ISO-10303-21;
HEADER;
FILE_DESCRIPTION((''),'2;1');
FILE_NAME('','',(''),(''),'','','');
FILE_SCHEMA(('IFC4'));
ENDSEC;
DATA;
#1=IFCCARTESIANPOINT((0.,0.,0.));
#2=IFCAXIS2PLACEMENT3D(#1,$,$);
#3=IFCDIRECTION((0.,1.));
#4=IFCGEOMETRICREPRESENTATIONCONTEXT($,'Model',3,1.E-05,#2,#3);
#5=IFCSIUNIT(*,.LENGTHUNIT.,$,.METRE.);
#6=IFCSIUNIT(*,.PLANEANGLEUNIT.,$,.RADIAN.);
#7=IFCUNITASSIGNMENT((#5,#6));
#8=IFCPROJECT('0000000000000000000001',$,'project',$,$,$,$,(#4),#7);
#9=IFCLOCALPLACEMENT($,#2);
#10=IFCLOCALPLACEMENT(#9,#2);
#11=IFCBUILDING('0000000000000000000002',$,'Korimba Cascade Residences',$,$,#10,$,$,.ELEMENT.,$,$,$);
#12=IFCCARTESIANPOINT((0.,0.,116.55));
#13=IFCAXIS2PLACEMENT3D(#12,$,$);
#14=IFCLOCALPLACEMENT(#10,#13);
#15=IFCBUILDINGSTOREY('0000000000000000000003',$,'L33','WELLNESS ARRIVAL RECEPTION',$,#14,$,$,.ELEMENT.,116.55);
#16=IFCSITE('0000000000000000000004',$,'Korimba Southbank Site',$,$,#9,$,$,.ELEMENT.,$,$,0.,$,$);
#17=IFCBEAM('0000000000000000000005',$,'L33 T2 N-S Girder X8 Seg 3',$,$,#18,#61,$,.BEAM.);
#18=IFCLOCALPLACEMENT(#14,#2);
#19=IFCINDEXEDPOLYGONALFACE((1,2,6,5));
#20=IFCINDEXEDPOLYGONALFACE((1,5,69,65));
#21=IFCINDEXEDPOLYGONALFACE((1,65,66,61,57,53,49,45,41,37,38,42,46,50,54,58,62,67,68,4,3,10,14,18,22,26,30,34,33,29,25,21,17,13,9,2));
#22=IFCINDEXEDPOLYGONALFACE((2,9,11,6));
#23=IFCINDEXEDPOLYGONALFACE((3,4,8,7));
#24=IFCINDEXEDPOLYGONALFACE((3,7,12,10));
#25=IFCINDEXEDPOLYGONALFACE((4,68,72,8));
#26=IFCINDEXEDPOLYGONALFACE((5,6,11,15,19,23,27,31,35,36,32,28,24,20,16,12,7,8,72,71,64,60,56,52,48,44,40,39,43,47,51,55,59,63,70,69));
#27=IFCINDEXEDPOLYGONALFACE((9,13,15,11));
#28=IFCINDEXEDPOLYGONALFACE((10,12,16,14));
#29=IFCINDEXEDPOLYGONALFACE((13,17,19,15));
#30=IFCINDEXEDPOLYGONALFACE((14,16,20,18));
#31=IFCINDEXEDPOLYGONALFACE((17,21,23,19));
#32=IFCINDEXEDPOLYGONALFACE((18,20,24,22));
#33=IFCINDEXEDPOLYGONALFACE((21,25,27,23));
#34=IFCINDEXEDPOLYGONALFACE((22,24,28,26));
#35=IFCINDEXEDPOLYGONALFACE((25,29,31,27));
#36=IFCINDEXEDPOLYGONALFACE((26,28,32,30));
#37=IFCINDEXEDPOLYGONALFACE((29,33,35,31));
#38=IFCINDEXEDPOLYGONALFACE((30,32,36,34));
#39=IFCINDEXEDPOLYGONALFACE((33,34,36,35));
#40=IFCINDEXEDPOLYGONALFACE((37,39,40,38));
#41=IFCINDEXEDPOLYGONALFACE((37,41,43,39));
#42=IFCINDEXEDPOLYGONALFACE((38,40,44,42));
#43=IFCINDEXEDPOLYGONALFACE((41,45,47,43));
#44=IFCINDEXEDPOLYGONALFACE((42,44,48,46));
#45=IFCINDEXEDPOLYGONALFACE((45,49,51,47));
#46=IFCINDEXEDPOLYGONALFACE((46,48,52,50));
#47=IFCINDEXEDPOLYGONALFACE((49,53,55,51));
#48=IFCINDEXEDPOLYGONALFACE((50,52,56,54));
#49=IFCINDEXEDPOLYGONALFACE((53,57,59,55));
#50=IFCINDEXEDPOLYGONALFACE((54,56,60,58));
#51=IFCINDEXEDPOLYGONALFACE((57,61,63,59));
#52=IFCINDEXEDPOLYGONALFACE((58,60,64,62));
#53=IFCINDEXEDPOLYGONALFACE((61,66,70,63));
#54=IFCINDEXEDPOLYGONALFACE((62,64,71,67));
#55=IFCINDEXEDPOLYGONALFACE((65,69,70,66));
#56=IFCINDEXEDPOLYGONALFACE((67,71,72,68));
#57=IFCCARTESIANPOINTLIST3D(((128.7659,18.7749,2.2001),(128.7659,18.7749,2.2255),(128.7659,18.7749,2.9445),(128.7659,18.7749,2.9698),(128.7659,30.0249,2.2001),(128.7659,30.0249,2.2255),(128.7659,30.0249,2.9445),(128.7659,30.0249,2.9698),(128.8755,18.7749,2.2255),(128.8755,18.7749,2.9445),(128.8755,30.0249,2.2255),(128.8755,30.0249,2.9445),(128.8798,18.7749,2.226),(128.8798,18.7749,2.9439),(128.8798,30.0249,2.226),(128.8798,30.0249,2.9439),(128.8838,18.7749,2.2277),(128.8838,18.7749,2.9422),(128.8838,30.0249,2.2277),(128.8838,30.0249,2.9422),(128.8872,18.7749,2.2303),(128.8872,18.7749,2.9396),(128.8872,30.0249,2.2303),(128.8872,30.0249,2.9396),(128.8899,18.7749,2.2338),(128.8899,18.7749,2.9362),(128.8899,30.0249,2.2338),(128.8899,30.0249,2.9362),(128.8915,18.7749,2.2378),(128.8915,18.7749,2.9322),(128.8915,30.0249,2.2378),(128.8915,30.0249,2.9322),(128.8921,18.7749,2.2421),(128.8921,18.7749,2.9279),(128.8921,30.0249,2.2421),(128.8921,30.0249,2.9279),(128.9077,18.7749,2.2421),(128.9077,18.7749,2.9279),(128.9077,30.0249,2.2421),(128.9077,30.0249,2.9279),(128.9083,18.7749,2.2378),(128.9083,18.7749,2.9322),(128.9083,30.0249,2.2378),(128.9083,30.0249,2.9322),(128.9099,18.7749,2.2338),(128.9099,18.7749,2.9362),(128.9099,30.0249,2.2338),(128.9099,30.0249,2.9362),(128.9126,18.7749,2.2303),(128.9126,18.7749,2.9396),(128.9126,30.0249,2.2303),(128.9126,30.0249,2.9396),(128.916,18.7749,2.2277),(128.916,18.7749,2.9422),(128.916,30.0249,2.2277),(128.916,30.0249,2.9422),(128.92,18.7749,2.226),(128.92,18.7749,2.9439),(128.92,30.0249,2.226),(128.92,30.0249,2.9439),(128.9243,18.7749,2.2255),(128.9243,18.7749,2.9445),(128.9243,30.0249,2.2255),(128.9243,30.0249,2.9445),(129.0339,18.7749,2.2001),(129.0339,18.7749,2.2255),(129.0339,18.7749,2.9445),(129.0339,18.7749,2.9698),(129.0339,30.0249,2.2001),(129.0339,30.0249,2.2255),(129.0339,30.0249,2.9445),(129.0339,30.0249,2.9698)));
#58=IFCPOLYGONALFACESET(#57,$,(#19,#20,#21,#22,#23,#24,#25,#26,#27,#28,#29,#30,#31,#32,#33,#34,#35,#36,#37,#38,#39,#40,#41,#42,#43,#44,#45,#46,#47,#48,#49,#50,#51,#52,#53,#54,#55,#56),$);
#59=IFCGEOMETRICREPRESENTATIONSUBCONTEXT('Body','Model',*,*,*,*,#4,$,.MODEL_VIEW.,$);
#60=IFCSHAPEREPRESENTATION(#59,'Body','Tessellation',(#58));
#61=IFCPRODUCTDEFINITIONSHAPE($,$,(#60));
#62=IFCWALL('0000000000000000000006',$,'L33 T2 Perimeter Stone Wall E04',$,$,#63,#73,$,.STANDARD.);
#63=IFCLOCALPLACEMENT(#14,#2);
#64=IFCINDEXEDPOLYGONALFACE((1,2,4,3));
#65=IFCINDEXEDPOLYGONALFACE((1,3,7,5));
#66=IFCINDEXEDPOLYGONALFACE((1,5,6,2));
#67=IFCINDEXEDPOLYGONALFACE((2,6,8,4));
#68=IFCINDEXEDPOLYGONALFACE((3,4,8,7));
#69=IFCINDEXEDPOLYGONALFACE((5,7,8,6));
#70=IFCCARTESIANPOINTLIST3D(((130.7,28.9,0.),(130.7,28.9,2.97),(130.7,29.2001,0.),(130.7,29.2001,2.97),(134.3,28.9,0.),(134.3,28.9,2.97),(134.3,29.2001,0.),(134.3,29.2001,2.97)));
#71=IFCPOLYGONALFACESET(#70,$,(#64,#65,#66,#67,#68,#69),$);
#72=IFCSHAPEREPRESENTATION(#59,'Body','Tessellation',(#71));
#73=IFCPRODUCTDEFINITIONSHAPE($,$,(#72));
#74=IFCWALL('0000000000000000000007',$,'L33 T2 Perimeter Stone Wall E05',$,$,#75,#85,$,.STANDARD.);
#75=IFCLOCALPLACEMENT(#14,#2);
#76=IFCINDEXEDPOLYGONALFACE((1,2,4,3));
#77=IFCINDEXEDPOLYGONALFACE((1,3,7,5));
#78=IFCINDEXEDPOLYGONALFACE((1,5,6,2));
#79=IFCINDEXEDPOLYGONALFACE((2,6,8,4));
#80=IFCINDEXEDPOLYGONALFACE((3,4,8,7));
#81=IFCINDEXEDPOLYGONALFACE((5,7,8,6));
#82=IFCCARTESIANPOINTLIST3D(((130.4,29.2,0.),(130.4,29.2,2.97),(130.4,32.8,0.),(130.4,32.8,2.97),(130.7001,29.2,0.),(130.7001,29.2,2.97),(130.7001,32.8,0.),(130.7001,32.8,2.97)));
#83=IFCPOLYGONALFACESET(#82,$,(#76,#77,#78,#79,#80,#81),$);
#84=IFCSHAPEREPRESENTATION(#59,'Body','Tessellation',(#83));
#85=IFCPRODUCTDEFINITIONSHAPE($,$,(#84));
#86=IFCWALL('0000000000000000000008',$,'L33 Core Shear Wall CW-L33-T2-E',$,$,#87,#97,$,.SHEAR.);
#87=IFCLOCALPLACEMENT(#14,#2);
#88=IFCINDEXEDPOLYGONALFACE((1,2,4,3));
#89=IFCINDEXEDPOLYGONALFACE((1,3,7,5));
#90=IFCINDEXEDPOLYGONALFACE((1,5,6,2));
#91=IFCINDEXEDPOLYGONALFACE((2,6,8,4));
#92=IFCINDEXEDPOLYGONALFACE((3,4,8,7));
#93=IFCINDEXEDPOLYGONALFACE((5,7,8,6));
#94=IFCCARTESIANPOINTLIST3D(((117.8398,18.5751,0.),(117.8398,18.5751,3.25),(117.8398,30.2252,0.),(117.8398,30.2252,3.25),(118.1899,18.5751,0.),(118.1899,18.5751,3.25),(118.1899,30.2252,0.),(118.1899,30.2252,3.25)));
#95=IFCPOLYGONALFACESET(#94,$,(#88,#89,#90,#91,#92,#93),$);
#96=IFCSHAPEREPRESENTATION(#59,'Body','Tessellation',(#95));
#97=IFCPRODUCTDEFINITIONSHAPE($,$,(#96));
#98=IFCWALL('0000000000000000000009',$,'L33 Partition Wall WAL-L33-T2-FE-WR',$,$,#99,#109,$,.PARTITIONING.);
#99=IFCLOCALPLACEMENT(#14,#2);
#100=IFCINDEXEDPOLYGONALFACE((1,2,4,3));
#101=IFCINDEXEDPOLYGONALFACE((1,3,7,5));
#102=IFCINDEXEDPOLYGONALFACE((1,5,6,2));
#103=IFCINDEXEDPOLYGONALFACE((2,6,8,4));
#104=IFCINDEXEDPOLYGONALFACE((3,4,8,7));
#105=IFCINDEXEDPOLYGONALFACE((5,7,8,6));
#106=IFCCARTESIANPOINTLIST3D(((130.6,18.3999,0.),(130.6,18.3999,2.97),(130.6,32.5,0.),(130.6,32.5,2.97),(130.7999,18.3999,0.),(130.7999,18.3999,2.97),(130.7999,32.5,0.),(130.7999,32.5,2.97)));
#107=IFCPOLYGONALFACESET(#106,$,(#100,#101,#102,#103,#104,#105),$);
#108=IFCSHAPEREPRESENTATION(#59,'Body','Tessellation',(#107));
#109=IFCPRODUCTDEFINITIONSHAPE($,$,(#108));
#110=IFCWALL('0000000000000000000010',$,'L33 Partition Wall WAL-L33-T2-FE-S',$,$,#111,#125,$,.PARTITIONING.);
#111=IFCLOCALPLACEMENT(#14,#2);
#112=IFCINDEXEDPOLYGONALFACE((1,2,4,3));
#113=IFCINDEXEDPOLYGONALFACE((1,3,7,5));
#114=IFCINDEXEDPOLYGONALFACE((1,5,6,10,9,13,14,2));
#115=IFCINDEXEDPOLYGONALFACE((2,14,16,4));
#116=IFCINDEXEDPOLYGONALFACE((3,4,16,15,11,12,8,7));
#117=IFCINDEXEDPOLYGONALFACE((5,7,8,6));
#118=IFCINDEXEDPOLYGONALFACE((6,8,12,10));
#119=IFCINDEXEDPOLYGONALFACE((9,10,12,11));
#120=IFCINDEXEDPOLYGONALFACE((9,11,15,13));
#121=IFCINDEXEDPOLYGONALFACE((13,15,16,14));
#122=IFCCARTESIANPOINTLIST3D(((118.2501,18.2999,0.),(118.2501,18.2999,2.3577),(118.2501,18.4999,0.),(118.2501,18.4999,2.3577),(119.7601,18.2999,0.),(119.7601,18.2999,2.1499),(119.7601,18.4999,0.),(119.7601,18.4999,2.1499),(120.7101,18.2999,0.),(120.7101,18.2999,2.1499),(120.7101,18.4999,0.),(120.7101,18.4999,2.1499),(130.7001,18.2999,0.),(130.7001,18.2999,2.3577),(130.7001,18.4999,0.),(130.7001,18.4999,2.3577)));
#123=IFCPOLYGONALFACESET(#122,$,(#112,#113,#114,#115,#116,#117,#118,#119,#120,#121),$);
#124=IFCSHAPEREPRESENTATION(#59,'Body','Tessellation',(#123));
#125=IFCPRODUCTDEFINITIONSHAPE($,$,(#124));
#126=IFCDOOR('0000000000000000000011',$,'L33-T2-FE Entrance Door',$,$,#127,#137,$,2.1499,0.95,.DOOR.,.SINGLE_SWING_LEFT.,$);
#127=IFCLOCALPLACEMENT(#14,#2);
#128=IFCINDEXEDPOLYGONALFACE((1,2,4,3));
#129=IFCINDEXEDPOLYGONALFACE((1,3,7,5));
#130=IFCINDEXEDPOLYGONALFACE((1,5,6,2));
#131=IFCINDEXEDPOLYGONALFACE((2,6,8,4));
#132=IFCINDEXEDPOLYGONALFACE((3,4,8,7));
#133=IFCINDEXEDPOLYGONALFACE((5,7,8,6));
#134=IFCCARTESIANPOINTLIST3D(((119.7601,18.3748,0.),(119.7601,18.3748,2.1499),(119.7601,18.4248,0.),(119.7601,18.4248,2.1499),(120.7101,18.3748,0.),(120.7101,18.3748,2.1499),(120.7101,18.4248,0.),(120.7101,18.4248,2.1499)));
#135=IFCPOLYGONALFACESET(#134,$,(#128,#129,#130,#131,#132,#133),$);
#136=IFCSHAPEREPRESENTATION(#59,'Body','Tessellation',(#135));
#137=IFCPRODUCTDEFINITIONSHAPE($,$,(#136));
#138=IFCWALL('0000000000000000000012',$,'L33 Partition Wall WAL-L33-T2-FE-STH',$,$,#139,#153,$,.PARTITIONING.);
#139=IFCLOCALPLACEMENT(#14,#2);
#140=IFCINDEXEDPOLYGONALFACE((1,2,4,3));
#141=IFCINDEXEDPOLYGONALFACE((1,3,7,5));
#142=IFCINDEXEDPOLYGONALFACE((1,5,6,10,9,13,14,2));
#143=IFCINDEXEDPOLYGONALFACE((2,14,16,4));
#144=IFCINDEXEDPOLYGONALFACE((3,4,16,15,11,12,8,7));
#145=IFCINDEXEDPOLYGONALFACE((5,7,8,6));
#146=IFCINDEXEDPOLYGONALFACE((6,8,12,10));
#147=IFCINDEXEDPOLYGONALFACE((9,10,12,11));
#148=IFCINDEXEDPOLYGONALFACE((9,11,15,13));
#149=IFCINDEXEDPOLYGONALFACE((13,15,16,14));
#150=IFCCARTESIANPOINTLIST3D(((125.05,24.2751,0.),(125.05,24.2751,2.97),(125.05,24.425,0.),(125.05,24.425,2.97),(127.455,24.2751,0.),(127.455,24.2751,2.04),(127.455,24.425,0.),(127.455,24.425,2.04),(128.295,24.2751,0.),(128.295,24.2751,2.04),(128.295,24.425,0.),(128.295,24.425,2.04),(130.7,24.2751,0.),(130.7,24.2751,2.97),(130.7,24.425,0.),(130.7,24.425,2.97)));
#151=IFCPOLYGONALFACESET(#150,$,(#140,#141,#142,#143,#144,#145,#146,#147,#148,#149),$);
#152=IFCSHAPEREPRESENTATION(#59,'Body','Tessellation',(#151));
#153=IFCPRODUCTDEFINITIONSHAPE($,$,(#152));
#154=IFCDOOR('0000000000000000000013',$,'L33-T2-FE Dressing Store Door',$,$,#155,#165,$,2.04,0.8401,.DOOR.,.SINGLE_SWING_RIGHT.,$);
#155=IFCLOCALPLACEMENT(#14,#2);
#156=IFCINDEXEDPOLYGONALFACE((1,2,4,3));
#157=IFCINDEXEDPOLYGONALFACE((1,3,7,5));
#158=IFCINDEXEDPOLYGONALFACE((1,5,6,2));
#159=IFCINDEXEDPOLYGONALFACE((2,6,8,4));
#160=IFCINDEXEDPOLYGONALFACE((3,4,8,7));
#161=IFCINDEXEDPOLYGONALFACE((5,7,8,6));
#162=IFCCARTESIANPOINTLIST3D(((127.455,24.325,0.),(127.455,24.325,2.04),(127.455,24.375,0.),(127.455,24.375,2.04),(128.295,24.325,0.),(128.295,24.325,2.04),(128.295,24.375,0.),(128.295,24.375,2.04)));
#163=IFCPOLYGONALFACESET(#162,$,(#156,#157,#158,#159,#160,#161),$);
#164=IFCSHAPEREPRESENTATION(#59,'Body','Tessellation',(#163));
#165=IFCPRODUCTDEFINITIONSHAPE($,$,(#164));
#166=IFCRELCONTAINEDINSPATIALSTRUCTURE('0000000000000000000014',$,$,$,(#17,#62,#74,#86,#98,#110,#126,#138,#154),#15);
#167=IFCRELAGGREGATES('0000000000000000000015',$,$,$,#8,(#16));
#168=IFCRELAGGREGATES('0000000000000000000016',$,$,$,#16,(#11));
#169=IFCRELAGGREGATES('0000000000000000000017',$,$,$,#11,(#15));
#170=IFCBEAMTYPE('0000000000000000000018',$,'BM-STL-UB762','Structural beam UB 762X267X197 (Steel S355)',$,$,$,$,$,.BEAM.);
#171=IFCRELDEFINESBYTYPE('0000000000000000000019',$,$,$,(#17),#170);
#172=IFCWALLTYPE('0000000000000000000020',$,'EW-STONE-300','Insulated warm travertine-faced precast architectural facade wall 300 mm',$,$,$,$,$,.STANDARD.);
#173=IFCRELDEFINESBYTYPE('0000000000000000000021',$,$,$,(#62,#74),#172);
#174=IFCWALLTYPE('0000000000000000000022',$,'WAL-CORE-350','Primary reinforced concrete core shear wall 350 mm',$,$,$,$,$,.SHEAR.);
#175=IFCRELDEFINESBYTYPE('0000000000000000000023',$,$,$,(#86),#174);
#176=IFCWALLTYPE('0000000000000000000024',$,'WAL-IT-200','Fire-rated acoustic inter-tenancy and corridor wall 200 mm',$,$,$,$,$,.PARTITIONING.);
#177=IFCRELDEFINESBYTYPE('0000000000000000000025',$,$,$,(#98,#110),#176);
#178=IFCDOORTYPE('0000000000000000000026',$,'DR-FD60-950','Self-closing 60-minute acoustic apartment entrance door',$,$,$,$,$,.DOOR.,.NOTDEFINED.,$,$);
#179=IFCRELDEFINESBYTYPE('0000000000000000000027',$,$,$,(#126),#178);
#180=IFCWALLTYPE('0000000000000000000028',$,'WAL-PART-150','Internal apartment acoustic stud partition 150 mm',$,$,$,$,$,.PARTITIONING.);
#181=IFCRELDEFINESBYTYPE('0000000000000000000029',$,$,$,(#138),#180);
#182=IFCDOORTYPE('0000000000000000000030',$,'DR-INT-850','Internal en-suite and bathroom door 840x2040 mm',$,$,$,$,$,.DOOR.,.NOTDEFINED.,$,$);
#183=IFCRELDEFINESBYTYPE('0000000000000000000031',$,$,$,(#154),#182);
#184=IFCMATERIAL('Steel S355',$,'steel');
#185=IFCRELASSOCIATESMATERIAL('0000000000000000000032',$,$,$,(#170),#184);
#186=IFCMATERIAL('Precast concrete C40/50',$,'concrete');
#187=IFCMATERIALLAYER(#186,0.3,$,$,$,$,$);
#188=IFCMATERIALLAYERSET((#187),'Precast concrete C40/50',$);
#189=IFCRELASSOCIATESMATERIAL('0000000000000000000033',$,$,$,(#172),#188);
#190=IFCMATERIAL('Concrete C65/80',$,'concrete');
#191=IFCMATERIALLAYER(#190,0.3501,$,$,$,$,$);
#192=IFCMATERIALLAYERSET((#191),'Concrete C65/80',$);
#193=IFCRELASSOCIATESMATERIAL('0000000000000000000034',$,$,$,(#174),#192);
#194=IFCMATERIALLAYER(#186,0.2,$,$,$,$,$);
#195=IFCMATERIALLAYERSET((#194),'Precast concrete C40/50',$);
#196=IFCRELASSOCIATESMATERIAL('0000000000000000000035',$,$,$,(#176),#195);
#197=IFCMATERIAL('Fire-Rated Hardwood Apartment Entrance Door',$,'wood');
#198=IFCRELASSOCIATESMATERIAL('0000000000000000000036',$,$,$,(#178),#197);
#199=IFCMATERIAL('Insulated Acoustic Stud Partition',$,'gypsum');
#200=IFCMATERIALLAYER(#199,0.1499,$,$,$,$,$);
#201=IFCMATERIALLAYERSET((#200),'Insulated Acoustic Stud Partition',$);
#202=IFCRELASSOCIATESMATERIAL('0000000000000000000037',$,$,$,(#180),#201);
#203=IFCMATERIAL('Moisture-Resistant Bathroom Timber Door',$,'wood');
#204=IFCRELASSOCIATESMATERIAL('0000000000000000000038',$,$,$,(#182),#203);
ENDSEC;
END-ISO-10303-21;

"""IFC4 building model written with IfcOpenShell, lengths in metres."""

from ifc_helpers import new_model, si_unit, direction, frame, frame_2d, origin, origin_2d, place, context, subcontext, project, spatial, rectangle, i_section, extrude, material, layer, layer_set, material_profile, profile_set, type_object, element, fill, save


model = new_model("IFC4")

# Units and contexts
model_context = context("Model", 3, precision=1e-05, world=origin(), true_north=direction((0.0, 1.0)))
body_context = subcontext(model_context, "Body", "Model", "MODEL_VIEW")
ifc_project = project(units=[si_unit("LENGTHUNIT", "METRE"), si_unit("PLANEANGLEUNIT", "RADIAN")], contexts=[model_context])

# Site, building, storey
site_placement = place(None, origin())
site = spatial("IfcSite", under=ifc_project, at=site_placement, Name="Korimba Southbank Site", CompositionType="ELEMENT", RefElevation=0.0)
building_placement = place(site_placement, origin())
building = spatial("IfcBuilding", under=site, at=building_placement, Name="Korimba Cascade Residences", CompositionType="ELEMENT")
storey_placement = place(building_placement, frame((0.0, 0.0, 116.55)))
storey = spatial("IfcBuildingStorey", under=building, at=storey_placement, Name="L33", Description="WELLNESS ARRIVAL RECEPTION", CompositionType="ELEMENT", Elevation=116.55)

# Shared definitions
ifc_material_1 = material(Name="Concrete C65/80", Category="concrete")

# Beam
ifc_material_2 = material(Name="Steel S355", Category="steel")
ifc_material_profile_1 = material_profile(ifc_material_2, i_section(OverallWidth=0.2681, OverallDepth=0.7698, WebThickness=0.0156, FlangeThickness=0.0254, FilletRadius=0.0166, at=origin_2d()), Name="Steel S355")
ifc_profile_set_1 = profile_set([ifc_material_profile_1], Name="Steel S355")
beam_type_1 = type_object("IfcBeamType", Name="BM-STL-UB762", Description="Structural beam UB 762X267X197 (Steel S355)", PredefinedType="BEAM", material=ifc_profile_set_1)
beam_1_placement = place(storey_placement, frame((128.8999, 18.7749, 2.585), z_axis=(0.0, 1.0, 0.0), x_axis=(-1.0, 0.0, 0.0)))
element("IfcBeam", 1, at=beam_1_placement, inside=storey, type_object=beam_type_1, Name="L33 T2 N-S Girder X8 Seg 3", PredefinedType="BEAM", context=body_context, shape_type="SweptSolid", body=[
    extrude(i_section(OverallWidth=0.2681, OverallDepth=0.7698, WebThickness=0.0156, FlangeThickness=0.0254, FilletRadius=0.0166, at=origin_2d()), origin(), (0.0, 0.0, 1.0), 11.25),
])

# Walls
ifc_material_3 = material(Name="Precast concrete C40/50", Category="concrete")
ifc_layer_1 = layer(ifc_material_3, 0.3)
ifc_layer_set_1 = layer_set([ifc_layer_1], Name="Precast concrete C40/50")
wall_type_1 = type_object("IfcWallType", Name="EW-STONE-300", Description="Insulated warm travertine-faced precast architectural facade wall 300 mm", PredefinedType="STANDARD", material=ifc_layer_set_1)
for number, where, z_axis, x_axis, name in (
    (2, (134.3, 29.05, 0.0), (0.0, 0.0, 1.0), (-1.0, 0.0, 0.0), "L33 T2 Perimeter Stone Wall E04"),
    (3, (130.55, 29.2, 0.0), (0.0, 0.0, 1.0), (0.0, 1.0, 0.0), "L33 T2 Perimeter Stone Wall E05"),
):
    element("IfcWall", number, at=place(storey_placement, frame(where, z_axis=z_axis, x_axis=x_axis)), inside=storey, type_object=wall_type_1, Name=name, PredefinedType="STANDARD", context=body_context, shape_type="SweptSolid", body=[
        extrude(rectangle(XDim=3.6001, YDim=0.3, at=frame_2d((1.8, 0.0))), origin(), (0.0, 0.0, 1.0), 2.97),
    ])
ifc_layer_2 = layer(ifc_material_1, 0.3501)
ifc_layer_set_2 = layer_set([ifc_layer_2], Name="Concrete C65/80")
wall_type_2 = type_object("IfcWallType", Name="WAL-CORE-350", Description="Primary reinforced concrete core shear wall 350 mm", PredefinedType="SHEAR", material=ifc_layer_set_2)
wall_1_placement = place(storey_placement, frame((118.0149, 18.575, 0.0), z_axis=(0.0, 0.0, 1.0), x_axis=(0.0, 1.0, 0.0)))
element("IfcWall", 4, at=wall_1_placement, inside=storey, type_object=wall_type_2, Name="L33 Core Shear Wall CW-L33-T2-E", PredefinedType="SHEAR", context=body_context, shape_type="SweptSolid", body=[
    extrude(rectangle(XDim=11.6501, YDim=0.3501, at=frame_2d((5.8252, 0.0))), origin(), (0.0, 0.0, 1.0), 3.25),
])
ifc_layer_3 = layer(ifc_material_3, 0.2)
ifc_layer_set_3 = layer_set([ifc_layer_3], Name="Precast concrete C40/50")
wall_type_3 = type_object("IfcWallType", Name="WAL-IT-200", Description="Fire-rated acoustic inter-tenancy and corridor wall 200 mm", PredefinedType="PARTITIONING", material=ifc_layer_set_3)
wall_2_placement = place(storey_placement, frame((130.7, 18.3999, 0.0), z_axis=(0.0, 0.0, 1.0), x_axis=(0.0, 1.0, 0.0)))
element("IfcWall", 5, at=wall_2_placement, inside=storey, type_object=wall_type_3, Name="L33 Partition Wall WAL-L33-T2-FE-WR", PredefinedType="PARTITIONING", context=body_context, shape_type="SweptSolid", body=[
    extrude(rectangle(XDim=14.1001, YDim=0.2, at=frame_2d((7.05, 0.0))), origin(), (0.0, 0.0, 1.0), 2.97),
])

# Walls, openings, doors
wall_3_placement = place(storey_placement, frame((118.25, 18.3999, 0.0), z_axis=(0.0, 0.0, 1.0), x_axis=(1.0, 0.0, 0.0)))
wall_3 = element("IfcWall", 6, at=wall_3_placement, inside=storey, type_object=wall_type_3, Name="L33 Partition Wall WAL-L33-T2-FE-S", PredefinedType="PARTITIONING", context=body_context, shape_type="SweptSolid", body=[
    extrude(rectangle(XDim=12.45, YDim=0.2, at=frame_2d((6.2251, 0.0))), origin(), (0.0, 0.0, 1.0), 2.3577),
])
opening_1_placement = place(wall_3_placement, frame((1.51, 0.0, 0.0)))
opening_1 = element("IfcOpeningElement", 7, at=opening_1_placement, cuts=wall_3, PredefinedType="OPENING", context=body_context, shape_type="SweptSolid", body=[
    extrude(rectangle(XDim=0.95, YDim=2.1499, at=frame_2d((0.4751, 1.075))), frame((0.0, 0.1099, 0.0), z_axis=(0.0, -1.0, 0.0), x_axis=(1.0, 0.0, 0.0)), (0.0, 0.0, 1.0), 0.22),
])
ifc_material_4 = material(Name="Fire-Rated Hardwood Apartment Entrance Door", Category="wood")
door_type_1 = type_object("IfcDoorType", Name="DR-FD60-950", Description="Self-closing 60-minute acoustic apartment entrance door", OperationType="NOTDEFINED", PredefinedType="DOOR", material=ifc_material_4)
door_1_placement = place(opening_1_placement, origin())
door_1 = element("IfcDoor", 8, at=door_1_placement, inside=storey, type_object=door_type_1, Name="L33-T2-FE Entrance Door", OperationType="SINGLE_SWING_LEFT", OverallHeight=2.1499, OverallWidth=0.95, PredefinedType="DOOR", context=body_context, shape_type="SweptSolid", body=[
    extrude(rectangle(XDim=0.95, YDim=2.1499, at=frame_2d((0.4751, 1.075))), frame((0.0, 0.0249, 0.0), z_axis=(0.0, -1.0, 0.0), x_axis=(1.0, 0.0, 0.0)), (0.0, 0.0, 1.0), 0.05),
])
fill(opening_1, door_1)
ifc_material_5 = material(Name="Insulated Acoustic Stud Partition", Category="gypsum")
ifc_layer_4 = layer(ifc_material_5, 0.1499)
ifc_layer_set_4 = layer_set([ifc_layer_4], Name="Insulated Acoustic Stud Partition")
wall_type_4 = type_object("IfcWallType", Name="WAL-PART-150", Description="Internal apartment acoustic stud partition 150 mm", PredefinedType="PARTITIONING", material=ifc_layer_set_4)
wall_4_placement = place(storey_placement, frame((125.05, 24.3501, 0.0), z_axis=(0.0, 0.0, 1.0), x_axis=(1.0, 0.0, 0.0)))
wall_4 = element("IfcWall", 9, at=wall_4_placement, inside=storey, type_object=wall_type_4, Name="L33 Partition Wall WAL-L33-T2-FE-STH", PredefinedType="PARTITIONING", context=body_context, shape_type="SweptSolid", body=[
    extrude(rectangle(XDim=5.6499, YDim=0.1499, at=frame_2d((2.825, 0.0))), origin(), (0.0, 0.0, 1.0), 2.97),
])
opening_2_placement = place(wall_4_placement, frame((2.405, 0.0, 0.0)))
opening_2 = element("IfcOpeningElement", 10, at=opening_2_placement, cuts=wall_4, PredefinedType="OPENING", context=body_context, shape_type="SweptSolid", body=[
    extrude(rectangle(XDim=0.8401, YDim=2.04, at=frame_2d((0.4199, 1.02))), frame((0.0, 0.085, 0.0), z_axis=(0.0, -1.0, 0.0), x_axis=(1.0, 0.0, 0.0)), (0.0, 0.0, 1.0), 0.1699),
])
ifc_material_6 = material(Name="Moisture-Resistant Bathroom Timber Door", Category="wood")
door_type_2 = type_object("IfcDoorType", Name="DR-INT-850", Description="Internal en-suite and bathroom door 840x2040 mm", OperationType="NOTDEFINED", PredefinedType="DOOR", material=ifc_material_6)
door_2_placement = place(opening_2_placement, origin())
door_2 = element("IfcDoor", 11, at=door_2_placement, inside=storey, type_object=door_type_2, Name="L33-T2-FE Dressing Store Door", OperationType="SINGLE_SWING_RIGHT", OverallHeight=2.04, OverallWidth=0.8401, PredefinedType="DOOR", context=body_context, shape_type="SweptSolid", body=[
    extrude(rectangle(XDim=0.8401, YDim=2.04, at=frame_2d((0.4199, 1.02))), frame((0.0, 0.0249, 0.0), z_axis=(0.0, -1.0, 0.0), x_axis=(1.0, 0.0, 0.0)), (0.0, 0.0, 1.0), 0.05),
])
fill(opening_2, door_2)

save(model, "model.ifc")
